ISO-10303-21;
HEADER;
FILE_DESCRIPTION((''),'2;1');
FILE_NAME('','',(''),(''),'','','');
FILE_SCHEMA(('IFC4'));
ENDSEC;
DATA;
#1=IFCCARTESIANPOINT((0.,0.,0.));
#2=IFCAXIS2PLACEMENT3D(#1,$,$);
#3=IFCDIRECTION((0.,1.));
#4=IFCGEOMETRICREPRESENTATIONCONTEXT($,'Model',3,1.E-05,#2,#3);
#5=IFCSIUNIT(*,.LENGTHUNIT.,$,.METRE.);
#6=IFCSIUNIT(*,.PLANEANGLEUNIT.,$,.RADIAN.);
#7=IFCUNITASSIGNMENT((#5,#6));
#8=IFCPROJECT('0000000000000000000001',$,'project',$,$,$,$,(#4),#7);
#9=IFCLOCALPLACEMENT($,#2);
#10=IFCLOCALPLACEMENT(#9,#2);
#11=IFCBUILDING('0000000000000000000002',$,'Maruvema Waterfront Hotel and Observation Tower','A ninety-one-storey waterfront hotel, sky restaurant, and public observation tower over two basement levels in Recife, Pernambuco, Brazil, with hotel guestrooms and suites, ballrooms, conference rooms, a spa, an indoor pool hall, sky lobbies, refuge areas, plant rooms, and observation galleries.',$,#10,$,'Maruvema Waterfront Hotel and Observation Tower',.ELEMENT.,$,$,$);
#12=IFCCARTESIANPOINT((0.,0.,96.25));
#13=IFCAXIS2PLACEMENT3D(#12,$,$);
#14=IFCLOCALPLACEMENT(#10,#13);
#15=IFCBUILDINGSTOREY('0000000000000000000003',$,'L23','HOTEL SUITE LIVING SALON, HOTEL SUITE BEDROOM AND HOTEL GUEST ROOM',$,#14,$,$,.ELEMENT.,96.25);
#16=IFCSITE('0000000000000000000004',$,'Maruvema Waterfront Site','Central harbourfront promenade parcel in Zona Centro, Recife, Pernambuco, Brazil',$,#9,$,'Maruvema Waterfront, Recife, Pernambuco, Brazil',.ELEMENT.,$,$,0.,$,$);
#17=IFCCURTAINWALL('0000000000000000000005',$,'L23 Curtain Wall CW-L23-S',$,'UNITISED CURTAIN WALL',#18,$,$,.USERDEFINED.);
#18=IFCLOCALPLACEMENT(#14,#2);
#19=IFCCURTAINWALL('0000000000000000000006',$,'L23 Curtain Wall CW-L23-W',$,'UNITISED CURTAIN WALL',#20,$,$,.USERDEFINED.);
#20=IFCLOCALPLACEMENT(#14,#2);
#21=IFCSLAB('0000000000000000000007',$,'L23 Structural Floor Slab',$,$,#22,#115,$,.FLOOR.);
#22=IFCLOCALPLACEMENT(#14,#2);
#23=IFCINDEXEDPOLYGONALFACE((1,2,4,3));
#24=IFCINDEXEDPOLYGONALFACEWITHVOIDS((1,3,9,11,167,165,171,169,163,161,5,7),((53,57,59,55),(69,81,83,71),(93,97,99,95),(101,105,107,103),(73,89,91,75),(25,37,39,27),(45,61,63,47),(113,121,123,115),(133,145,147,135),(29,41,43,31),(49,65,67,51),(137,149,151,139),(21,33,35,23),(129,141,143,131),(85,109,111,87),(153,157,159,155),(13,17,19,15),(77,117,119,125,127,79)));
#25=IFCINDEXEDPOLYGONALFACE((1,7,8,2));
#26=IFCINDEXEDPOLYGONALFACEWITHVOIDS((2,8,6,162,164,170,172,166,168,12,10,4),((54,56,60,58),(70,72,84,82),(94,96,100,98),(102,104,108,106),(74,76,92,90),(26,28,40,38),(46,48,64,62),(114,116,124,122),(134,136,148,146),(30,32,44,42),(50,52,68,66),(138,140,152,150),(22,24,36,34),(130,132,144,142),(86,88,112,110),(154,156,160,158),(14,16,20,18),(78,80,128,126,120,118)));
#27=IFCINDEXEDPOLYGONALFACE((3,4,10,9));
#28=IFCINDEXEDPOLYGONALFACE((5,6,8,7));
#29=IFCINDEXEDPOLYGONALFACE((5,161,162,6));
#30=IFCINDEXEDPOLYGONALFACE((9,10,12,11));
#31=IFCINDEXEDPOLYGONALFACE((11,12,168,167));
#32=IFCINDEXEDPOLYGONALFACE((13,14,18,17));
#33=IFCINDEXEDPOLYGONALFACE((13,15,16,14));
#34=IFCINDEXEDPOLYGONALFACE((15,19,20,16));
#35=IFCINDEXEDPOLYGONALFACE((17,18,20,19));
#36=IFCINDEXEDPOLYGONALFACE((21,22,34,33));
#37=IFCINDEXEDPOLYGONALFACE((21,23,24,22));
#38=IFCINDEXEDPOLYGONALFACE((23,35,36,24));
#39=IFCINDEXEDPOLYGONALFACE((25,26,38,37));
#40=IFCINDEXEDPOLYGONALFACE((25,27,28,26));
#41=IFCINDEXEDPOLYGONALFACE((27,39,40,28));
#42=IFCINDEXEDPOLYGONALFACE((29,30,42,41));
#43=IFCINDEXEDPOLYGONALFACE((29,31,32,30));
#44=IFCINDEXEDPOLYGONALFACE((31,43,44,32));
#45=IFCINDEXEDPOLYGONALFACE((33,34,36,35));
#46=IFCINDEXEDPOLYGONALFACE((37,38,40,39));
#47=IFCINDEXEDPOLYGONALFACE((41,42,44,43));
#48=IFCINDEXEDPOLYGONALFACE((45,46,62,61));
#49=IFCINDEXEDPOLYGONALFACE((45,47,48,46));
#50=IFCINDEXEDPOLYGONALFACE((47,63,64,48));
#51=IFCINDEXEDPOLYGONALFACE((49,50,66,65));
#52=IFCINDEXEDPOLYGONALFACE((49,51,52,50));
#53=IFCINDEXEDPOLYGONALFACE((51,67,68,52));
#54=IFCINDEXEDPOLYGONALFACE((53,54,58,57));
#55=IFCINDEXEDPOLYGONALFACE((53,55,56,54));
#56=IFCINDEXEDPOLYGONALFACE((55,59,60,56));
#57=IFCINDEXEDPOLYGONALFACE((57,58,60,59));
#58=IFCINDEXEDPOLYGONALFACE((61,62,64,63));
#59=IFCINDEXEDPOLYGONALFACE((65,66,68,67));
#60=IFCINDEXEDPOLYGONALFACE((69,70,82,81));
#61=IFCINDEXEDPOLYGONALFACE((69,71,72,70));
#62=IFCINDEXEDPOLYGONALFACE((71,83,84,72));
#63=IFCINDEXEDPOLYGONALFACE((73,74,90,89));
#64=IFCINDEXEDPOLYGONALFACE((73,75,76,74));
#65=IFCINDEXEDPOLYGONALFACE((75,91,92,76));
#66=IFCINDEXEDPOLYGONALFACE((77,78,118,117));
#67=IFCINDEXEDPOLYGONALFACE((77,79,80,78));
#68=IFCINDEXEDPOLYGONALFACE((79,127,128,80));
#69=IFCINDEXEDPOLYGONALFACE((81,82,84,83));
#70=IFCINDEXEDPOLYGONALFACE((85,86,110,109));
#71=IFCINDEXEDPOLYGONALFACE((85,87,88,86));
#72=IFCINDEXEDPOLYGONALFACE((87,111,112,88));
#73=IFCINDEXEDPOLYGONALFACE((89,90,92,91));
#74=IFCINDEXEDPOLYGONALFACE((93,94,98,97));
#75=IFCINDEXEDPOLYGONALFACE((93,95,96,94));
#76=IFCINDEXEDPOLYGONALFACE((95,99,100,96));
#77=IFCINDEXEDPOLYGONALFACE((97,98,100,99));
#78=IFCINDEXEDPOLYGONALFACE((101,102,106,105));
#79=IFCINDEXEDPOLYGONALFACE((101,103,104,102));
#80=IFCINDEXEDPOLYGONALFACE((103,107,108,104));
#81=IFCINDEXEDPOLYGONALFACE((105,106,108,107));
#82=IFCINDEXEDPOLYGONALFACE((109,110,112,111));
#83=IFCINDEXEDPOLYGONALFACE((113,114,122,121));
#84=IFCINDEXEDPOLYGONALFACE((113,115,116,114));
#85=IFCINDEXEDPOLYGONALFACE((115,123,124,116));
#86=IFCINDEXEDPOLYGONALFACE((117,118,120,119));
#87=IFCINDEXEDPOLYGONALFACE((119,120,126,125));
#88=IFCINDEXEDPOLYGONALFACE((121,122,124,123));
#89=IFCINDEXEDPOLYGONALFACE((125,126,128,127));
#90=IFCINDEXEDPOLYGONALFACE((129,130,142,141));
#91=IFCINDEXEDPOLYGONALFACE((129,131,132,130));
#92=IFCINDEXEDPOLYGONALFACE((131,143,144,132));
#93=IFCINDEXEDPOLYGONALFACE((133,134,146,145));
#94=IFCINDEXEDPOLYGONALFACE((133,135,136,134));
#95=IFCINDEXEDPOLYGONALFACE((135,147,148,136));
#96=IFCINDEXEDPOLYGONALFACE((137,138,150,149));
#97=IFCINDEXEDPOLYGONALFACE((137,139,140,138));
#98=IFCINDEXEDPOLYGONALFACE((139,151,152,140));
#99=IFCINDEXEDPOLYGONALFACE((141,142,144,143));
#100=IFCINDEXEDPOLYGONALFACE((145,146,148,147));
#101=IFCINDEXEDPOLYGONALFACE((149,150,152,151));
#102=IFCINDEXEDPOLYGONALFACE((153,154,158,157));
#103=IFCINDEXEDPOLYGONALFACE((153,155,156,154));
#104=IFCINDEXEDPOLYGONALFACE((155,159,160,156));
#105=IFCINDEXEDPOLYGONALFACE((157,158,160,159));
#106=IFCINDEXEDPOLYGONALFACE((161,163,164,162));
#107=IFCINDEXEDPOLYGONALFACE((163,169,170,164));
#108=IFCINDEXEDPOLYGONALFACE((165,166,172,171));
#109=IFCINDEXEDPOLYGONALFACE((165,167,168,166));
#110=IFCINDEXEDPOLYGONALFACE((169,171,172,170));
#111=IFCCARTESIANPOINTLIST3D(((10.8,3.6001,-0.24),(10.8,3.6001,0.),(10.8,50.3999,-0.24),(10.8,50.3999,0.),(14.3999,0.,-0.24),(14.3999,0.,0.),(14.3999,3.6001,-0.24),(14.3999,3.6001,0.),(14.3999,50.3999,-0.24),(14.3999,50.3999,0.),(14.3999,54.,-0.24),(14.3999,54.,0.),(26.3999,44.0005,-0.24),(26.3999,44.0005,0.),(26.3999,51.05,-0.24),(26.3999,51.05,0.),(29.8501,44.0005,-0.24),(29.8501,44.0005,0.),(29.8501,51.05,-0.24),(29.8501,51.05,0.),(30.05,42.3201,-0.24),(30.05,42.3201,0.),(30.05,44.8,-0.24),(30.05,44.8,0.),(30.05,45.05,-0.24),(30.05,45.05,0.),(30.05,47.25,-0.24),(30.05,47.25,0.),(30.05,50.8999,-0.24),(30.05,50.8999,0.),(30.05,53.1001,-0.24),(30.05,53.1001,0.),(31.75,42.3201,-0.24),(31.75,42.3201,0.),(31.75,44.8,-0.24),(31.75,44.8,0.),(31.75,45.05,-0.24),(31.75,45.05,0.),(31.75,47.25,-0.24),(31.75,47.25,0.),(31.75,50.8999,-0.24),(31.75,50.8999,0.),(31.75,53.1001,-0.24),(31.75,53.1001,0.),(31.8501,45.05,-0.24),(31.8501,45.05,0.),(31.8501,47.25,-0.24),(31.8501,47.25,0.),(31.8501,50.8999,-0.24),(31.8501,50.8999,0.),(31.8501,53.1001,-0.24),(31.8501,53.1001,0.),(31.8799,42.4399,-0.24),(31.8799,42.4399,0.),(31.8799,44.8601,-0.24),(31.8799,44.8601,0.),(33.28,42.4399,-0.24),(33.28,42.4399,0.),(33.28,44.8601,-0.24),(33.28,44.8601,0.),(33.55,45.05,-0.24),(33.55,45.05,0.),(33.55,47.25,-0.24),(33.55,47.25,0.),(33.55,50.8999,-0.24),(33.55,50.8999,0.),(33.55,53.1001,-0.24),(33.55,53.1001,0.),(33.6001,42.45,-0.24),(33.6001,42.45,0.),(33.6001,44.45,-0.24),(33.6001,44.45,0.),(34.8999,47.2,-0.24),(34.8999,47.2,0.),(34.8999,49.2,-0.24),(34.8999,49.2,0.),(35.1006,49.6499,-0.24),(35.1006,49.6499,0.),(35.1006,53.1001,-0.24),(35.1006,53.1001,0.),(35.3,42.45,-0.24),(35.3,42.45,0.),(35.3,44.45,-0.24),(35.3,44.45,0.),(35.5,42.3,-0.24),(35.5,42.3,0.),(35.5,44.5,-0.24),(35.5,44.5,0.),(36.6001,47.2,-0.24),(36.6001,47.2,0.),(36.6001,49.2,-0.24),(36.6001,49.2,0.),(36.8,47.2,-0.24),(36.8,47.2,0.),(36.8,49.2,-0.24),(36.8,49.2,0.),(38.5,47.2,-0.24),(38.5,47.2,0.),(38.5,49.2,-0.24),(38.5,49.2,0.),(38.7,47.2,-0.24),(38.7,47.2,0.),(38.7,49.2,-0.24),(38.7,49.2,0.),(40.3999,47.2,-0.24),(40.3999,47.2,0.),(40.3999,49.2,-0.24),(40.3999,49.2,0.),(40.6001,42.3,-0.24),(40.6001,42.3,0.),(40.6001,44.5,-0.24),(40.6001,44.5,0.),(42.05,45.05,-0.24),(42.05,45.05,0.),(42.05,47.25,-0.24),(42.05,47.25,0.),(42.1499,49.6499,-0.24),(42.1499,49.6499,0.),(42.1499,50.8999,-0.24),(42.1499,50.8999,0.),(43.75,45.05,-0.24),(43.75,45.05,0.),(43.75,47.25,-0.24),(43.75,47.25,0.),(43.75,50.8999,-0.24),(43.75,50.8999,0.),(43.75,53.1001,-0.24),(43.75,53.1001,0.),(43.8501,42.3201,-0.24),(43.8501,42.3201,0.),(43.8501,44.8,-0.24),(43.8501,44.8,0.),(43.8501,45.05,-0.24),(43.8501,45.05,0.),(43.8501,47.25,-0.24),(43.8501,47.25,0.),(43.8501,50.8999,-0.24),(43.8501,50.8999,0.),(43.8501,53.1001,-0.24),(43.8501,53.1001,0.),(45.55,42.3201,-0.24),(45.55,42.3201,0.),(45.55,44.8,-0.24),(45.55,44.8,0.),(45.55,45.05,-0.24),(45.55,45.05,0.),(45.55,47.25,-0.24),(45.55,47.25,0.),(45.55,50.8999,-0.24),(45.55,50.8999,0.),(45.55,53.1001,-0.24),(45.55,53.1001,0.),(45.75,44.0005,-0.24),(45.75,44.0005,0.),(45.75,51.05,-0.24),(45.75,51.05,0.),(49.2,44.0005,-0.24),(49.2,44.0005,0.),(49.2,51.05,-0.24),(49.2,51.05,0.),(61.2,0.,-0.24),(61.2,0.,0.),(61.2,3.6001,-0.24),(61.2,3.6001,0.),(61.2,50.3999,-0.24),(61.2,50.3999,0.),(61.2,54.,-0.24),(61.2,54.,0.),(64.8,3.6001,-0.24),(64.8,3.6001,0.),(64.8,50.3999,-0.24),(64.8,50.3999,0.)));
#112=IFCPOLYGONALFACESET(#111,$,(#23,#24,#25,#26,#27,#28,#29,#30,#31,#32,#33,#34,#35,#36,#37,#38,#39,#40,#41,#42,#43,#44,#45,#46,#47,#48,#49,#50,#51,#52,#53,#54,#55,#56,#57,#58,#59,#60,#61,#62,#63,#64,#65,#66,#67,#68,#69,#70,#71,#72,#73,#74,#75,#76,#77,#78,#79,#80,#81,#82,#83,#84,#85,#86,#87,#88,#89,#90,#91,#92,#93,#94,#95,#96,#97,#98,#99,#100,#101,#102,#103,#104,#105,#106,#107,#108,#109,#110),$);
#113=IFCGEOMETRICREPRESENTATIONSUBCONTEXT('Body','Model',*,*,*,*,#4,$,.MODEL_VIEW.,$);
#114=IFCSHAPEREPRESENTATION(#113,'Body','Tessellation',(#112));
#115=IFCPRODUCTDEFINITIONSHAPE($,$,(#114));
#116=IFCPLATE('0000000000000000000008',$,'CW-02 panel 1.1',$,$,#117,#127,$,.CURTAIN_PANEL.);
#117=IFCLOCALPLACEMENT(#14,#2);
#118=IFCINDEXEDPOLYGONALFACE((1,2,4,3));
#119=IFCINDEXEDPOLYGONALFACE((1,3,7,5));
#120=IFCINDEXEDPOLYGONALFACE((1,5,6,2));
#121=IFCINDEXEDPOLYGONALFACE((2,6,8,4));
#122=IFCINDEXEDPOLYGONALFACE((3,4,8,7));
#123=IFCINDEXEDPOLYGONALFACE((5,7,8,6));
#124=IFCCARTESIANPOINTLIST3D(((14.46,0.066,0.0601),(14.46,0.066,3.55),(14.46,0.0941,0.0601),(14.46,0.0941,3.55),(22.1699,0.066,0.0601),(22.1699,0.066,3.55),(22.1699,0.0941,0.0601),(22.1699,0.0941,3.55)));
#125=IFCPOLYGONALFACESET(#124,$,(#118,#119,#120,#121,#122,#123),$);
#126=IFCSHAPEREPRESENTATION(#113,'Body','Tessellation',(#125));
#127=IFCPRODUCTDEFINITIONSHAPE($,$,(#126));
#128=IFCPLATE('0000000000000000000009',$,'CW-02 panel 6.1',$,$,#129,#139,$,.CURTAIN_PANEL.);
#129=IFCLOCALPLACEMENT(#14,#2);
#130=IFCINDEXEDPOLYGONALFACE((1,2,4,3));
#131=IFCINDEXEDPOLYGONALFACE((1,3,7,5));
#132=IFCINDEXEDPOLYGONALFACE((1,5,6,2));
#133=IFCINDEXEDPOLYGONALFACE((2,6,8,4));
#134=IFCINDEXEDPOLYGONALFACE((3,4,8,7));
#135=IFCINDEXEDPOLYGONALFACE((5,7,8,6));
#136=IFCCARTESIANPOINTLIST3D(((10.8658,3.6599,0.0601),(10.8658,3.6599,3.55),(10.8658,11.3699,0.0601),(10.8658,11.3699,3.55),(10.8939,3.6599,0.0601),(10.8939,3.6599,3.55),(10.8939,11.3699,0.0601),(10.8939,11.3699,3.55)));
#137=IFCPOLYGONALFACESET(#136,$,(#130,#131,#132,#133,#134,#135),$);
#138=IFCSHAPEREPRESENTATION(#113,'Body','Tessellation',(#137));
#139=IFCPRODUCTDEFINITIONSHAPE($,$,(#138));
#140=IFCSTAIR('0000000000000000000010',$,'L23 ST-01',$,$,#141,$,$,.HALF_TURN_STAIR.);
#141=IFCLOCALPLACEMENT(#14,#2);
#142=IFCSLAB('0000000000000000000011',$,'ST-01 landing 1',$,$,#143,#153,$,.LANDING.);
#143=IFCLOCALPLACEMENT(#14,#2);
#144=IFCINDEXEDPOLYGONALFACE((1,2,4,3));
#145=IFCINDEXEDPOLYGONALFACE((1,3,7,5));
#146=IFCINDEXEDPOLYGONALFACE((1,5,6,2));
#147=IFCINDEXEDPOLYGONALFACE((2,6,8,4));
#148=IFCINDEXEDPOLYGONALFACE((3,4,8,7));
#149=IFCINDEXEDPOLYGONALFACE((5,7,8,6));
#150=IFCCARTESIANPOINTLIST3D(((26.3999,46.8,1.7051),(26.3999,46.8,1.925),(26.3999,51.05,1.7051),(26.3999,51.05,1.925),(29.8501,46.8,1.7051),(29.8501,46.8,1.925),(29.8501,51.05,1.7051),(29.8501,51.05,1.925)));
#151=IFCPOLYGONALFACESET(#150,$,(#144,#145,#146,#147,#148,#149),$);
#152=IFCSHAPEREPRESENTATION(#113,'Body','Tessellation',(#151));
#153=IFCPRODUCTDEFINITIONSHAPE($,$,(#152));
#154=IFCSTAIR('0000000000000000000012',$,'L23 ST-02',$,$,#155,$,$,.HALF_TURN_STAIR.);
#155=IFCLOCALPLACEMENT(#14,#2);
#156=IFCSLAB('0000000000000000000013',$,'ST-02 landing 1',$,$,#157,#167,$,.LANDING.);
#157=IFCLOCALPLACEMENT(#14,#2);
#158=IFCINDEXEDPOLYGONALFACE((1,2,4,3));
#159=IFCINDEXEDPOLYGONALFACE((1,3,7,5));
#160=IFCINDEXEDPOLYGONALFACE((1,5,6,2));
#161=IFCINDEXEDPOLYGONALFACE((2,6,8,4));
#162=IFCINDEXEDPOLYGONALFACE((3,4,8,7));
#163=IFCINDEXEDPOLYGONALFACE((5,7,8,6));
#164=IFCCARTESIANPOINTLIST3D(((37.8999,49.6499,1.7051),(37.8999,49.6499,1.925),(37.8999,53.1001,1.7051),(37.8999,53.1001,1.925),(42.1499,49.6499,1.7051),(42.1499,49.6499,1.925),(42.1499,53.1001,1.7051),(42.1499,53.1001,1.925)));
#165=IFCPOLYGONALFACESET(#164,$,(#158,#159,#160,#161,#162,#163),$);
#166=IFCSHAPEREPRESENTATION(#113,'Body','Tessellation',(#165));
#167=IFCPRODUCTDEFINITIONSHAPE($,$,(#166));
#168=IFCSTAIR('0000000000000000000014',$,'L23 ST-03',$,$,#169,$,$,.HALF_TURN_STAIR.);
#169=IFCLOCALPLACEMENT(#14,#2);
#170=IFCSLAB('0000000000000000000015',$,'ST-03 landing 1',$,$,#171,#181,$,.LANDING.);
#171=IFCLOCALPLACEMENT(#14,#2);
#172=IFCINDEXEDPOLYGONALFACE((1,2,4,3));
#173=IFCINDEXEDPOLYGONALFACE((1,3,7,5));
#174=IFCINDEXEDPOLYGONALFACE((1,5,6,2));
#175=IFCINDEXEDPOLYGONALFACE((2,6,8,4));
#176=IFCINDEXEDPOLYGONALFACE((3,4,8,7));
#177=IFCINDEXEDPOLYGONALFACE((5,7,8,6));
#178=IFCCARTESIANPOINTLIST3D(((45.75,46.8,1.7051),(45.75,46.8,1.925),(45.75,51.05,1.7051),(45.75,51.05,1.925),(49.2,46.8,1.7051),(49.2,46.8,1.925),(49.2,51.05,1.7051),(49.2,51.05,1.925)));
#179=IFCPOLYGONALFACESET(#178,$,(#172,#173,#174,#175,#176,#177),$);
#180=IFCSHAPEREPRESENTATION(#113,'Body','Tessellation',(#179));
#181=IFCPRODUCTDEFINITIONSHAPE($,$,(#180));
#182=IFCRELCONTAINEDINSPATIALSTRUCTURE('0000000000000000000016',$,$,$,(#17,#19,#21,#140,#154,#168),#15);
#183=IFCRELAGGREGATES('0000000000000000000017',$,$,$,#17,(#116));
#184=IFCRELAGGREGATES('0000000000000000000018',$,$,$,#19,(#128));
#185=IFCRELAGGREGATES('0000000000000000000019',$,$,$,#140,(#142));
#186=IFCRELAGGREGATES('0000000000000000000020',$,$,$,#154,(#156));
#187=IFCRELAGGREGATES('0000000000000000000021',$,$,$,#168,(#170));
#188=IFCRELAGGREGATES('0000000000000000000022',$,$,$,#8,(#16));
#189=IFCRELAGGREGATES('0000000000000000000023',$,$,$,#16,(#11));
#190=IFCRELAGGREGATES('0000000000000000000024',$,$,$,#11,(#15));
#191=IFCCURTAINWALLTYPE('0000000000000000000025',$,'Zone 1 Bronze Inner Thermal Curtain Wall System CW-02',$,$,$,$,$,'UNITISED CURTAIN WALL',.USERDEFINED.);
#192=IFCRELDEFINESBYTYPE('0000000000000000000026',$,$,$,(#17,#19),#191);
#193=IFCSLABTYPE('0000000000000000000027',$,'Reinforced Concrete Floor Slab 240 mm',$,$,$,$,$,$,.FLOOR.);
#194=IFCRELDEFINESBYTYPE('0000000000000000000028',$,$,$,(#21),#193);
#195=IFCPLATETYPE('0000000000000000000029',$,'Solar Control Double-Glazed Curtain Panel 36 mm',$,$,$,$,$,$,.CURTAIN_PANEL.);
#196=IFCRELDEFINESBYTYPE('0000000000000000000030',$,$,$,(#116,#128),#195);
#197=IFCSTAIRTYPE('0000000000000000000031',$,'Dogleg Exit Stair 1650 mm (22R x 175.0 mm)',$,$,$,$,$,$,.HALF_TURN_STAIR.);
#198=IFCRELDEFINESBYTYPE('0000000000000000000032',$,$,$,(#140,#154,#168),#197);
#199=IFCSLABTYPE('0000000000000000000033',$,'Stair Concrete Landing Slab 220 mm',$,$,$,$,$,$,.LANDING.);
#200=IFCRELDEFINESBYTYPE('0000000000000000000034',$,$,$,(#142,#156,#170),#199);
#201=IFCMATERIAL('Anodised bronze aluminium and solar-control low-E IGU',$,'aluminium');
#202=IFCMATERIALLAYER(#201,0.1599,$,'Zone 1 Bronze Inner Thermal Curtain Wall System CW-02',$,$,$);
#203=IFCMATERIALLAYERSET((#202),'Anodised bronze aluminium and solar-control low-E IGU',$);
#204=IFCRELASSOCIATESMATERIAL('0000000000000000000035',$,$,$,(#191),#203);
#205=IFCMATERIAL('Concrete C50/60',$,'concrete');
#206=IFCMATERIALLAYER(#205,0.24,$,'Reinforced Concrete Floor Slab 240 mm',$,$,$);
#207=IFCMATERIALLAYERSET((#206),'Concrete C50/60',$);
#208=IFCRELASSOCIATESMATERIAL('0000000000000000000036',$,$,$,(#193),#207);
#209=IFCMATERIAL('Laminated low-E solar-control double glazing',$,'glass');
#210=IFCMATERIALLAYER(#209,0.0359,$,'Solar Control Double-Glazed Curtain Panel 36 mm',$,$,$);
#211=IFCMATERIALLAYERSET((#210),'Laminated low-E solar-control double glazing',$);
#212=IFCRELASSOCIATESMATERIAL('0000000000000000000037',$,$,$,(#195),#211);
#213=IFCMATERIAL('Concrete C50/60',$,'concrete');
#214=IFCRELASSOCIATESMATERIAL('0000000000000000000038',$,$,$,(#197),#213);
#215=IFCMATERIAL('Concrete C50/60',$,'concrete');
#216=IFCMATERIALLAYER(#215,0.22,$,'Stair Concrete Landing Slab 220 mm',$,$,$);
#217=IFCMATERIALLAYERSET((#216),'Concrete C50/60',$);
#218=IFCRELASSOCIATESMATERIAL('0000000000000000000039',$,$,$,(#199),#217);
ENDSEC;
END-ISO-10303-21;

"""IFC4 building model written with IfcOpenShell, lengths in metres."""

from ifc_helpers import new_model, si_unit, direction, frame, origin, origin_2d, place, context, subcontext, project, spatial, polyline, rectangle, outline, extrude, material, layer, layer_set, type_object, element, aggregate, save


model = new_model("IFC4")

# Units and contexts
model_context = context("Model", 3, precision=1e-05, world=origin(), true_north=direction((0.0, 1.0)))
body_context = subcontext(model_context, "Body", "Model", "MODEL_VIEW")
ifc_project = project(units=[si_unit("LENGTHUNIT", "METRE"), si_unit("PLANEANGLEUNIT", "RADIAN")], contexts=[model_context])

# Site, building, storey
site_placement = place(None, origin())
site = spatial("IfcSite", under=ifc_project, at=site_placement, Name="Maruvema Waterfront Site", Description="Central harbourfront promenade parcel in Zona Centro, Recife, Pernambuco, Brazil", LongName="Maruvema Waterfront, Recife, Pernambuco, Brazil", CompositionType="ELEMENT", RefElevation=0.0)
building_placement = place(site_placement, origin())
building = spatial("IfcBuilding", under=site, at=building_placement, Name="Maruvema Waterfront Hotel and Observation Tower", Description="A ninety-one-storey waterfront hotel, sky restaurant, and public observation tower over two basement levels in Recife, Pernambuco, Brazil, with hotel guestrooms and suites, ballrooms, conference rooms, a spa, an indoor pool hall, sky lobbies, refuge areas, plant rooms, and observation galleries.", LongName="Maruvema Waterfront Hotel and Observation Tower", CompositionType="ELEMENT")
storey_placement = place(building_placement, frame((0.0, 0.0, 96.25)))
storey = spatial("IfcBuildingStorey", under=building, at=storey_placement, Name="L23", Description="HOTEL SUITE LIVING SALON, HOTEL SUITE BEDROOM AND HOTEL GUEST ROOM", CompositionType="ELEMENT", Elevation=96.25)

# Curtain walls
ifc_material_1 = material(Name="Anodised bronze aluminium and solar-control low-E IGU", Category="aluminium")
ifc_layer_1 = layer(ifc_material_1, 0.1599, Name="Zone 1 Bronze Inner Thermal Curtain Wall System CW-02")
ifc_layer_set_1 = layer_set([ifc_layer_1], Name="Anodised bronze aluminium and solar-control low-E IGU")
curtain_wall_type = type_object("IfcCurtainWallType", Name="Zone 1 Bronze Inner Thermal Curtain Wall System CW-02", ElementType="UNITISED CURTAIN WALL", PredefinedType="USERDEFINED", material=ifc_layer_set_1)
curtain_wall_1_placement = place(storey_placement, origin())
curtain_wall_1 = element("IfcCurtainWall", 1, at=curtain_wall_1_placement, inside=storey, type_object=curtain_wall_type, Name="L23 Curtain Wall CW-L23-S", ObjectType="UNITISED CURTAIN WALL", PredefinedType="USERDEFINED")
curtain_wall_2_placement = place(storey_placement, origin())
curtain_wall_2 = element("IfcCurtainWall", 2, at=curtain_wall_2_placement, inside=storey, type_object=curtain_wall_type, Name="L23 Curtain Wall CW-L23-W", ObjectType="UNITISED CURTAIN WALL", PredefinedType="USERDEFINED")

# Slab
ifc_material_2 = material(Name="Concrete C50/60", Category="concrete")
ifc_layer_2 = layer(ifc_material_2, 0.24, Name="Reinforced Concrete Floor Slab 240 mm")
ifc_layer_set_2 = layer_set([ifc_layer_2], Name="Concrete C50/60")
slab_type_1 = type_object("IfcSlabType", Name="Reinforced Concrete Floor Slab 240 mm", PredefinedType="FLOOR", material=ifc_layer_set_2)
slab_1_placement = place(storey_placement, frame((0.0, 0.0, -0.24)))
element("IfcSlab", 3, at=slab_1_placement, inside=storey, type_object=slab_type_1, Name="L23 Structural Floor Slab", PredefinedType="FLOOR", context=body_context, shape_type="SweptSolid", body=[
    extrude(outline(polyline([(14.3999, 0.0), (61.2, 0.0), (61.2, 3.6001), (64.8, 3.6001), (64.8, 50.3999), (61.2, 50.3999), (61.2, 54.0), (14.3999, 54.0), (14.3999, 50.3999), (10.8, 50.3999), (10.8, 3.6001), (14.3999, 3.6001), (14.3999, 0.0)]), holes=[polyline([(26.3999, 44.0005), (26.3999, 51.05), (29.8501, 51.05), (29.8501, 44.0005), (26.3999, 44.0005)]), polyline([(30.05, 44.8), (31.75, 44.8), (31.75, 42.3201), (30.05, 42.3201), (30.05, 44.8)]), polyline([(31.75, 47.25), (31.75, 45.05), (30.05, 45.05), (30.05, 47.25), (31.75, 47.25)]), polyline([(31.75, 53.1001), (31.75, 50.8999), (30.05, 50.8999), (30.05, 53.1001), (31.75, 53.1001)]), polyline([(33.28, 44.8601), (33.28, 42.4399), (31.8799, 42.4399), (31.8799, 44.8601), (33.28, 44.8601)]), polyline([(31.8501, 47.25), (33.55, 47.25), (33.55, 45.05), (31.8501, 45.05), (31.8501, 47.25)]), polyline([(31.8501, 53.1001), (33.55, 53.1001), (33.55, 50.8999), (31.8501, 50.8999), (31.8501, 53.1001)]), polyline([(33.6001, 44.45), (35.3, 44.45), (35.3, 42.45), (33.6001, 42.45), (33.6001, 44.45)]), polyline([(34.8999, 49.2), (36.6001, 49.2), (36.6001, 47.2), (34.8999, 47.2), (34.8999, 49.2)]), polyline([(38.5, 49.2), (38.5, 47.2), (36.8, 47.2), (36.8, 49.2), (38.5, 49.2)]), polyline([(35.5, 44.5), (40.6001, 44.5), (40.6001, 42.3), (35.5, 42.3), (35.5, 44.5)]), polyline([(43.75, 50.8999), (42.1499, 50.8999), (42.1499, 49.6499), (35.1006, 49.6499), (35.1006, 53.1001), (43.75, 53.1001), (43.75, 50.8999)]), polyline([(40.3999, 49.2), (40.3999, 47.2), (38.7, 47.2), (38.7, 49.2), (40.3999, 49.2)]), polyline([(43.75, 47.25), (43.75, 45.05), (42.05, 45.05), (42.05, 47.25), (43.75, 47.25)]), polyline([(45.55, 44.8), (45.55, 42.3201), (43.8501, 42.3201), (43.8501, 44.8), (45.55, 44.8)]), polyline([(43.8501, 47.25), (45.55, 47.25), (45.55, 45.05), (43.8501, 45.05), (43.8501, 47.25)]), polyline([(45.55, 53.1001), (45.55, 50.8999), (43.8501, 50.8999), (43.8501, 53.1001), (45.55, 53.1001)]), polyline([(45.75, 51.05), (49.2, 51.05), (49.2, 44.0005), (45.75, 44.0005), (45.75, 51.05)])]), origin(), (0.0, 0.0, 1.0), 0.24),
])

# Plates
ifc_material_3 = material(Name="Laminated low-E solar-control double glazing", Category="glass")
ifc_layer_3 = layer(ifc_material_3, 0.0359, Name="Solar Control Double-Glazed Curtain Panel 36 mm")
ifc_layer_set_3 = layer_set([ifc_layer_3], Name="Laminated low-E solar-control double glazing")
plate_type = type_object("IfcPlateType", Name="Solar Control Double-Glazed Curtain Panel 36 mm", PredefinedType="CURTAIN_PANEL", material=ifc_layer_set_3)
plate_1_placement = place(storey_placement, frame((18.3149, 0.0801, 0.0601), z_axis=(0.0, 0.0, 1.0), x_axis=(1.0, 0.0, 0.0)))
plate_1 = element("IfcPlate", 4, at=plate_1_placement, type_object=plate_type, Name="CW-02 panel 1.1", PredefinedType="CURTAIN_PANEL", context=body_context, shape_type="SweptSolid", body=[
    extrude(rectangle(XDim=7.71, YDim=0.0281, at=origin_2d()), origin(), (0.0, 0.0, 1.0), 3.49),
])
aggregate(curtain_wall_1, [plate_1])
plate_2_placement = place(storey_placement, frame((10.8799, 7.5149, 0.0601), z_axis=(0.0, 0.0, 1.0), x_axis=(0.0, -1.0, 0.0)))
plate_2 = element("IfcPlate", 5, at=plate_2_placement, type_object=plate_type, Name="CW-02 panel 6.1", PredefinedType="CURTAIN_PANEL", context=body_context, shape_type="SweptSolid", body=[
    extrude(rectangle(XDim=7.71, YDim=0.0281, at=origin_2d()), origin(), (0.0, 0.0, 1.0), 3.49),
])
aggregate(curtain_wall_2, [plate_2])

# Stairs, slabs
ifc_material_4 = material(Name="Concrete C50/60", Category="concrete")
stair_type = type_object("IfcStairType", Name="Dogleg Exit Stair 1650 mm (22R x 175.0 mm)", PredefinedType="HALF_TURN_STAIR", material=ifc_material_4)
stair_1_placement = place(storey_placement, origin())
stair_1 = element("IfcStair", 6, at=stair_1_placement, inside=storey, type_object=stair_type, Name="L23 ST-01", PredefinedType="HALF_TURN_STAIR")
ifc_material_5 = material(Name="Concrete C50/60", Category="concrete")
ifc_layer_4 = layer(ifc_material_5, 0.22, Name="Stair Concrete Landing Slab 220 mm")
ifc_layer_set_4 = layer_set([ifc_layer_4], Name="Concrete C50/60")
slab_type_2 = type_object("IfcSlabType", Name="Stair Concrete Landing Slab 220 mm", PredefinedType="LANDING", material=ifc_layer_set_4)
slab_2_placement = place(storey_placement, frame((0.0, 0.0, 1.7051)))
slab_2 = element("IfcSlab", 7, at=slab_2_placement, type_object=slab_type_2, Name="ST-01 landing 1", PredefinedType="LANDING", context=body_context, shape_type="SweptSolid", body=[
    extrude(outline(polyline([(29.8501, 46.8), (29.8501, 51.05), (26.3999, 51.05), (26.3999, 46.8), (29.8501, 46.8)])), origin(), (0.0, 0.0, 1.0), 0.22),
])
aggregate(stair_1, [slab_2])
stair_2_placement = place(storey_placement, origin())
stair_2 = element("IfcStair", 8, at=stair_2_placement, inside=storey, type_object=stair_type, Name="L23 ST-02", PredefinedType="HALF_TURN_STAIR")
slab_3_placement = place(storey_placement, frame((0.0, 0.0, 1.7051)))
slab_3 = element("IfcSlab", 9, at=slab_3_placement, type_object=slab_type_2, Name="ST-02 landing 1", PredefinedType="LANDING", context=body_context, shape_type="SweptSolid", body=[
    extrude(outline(polyline([(37.8999, 49.6499), (42.1499, 49.6499), (42.1499, 53.1001), (37.8999, 53.1001), (37.8999, 49.6499)])), origin(), (0.0, 0.0, 1.0), 0.22),
])
aggregate(stair_2, [slab_3])
stair_3_placement = place(storey_placement, origin())
stair_3 = element("IfcStair", 10, at=stair_3_placement, inside=storey, type_object=stair_type, Name="L23 ST-03", PredefinedType="HALF_TURN_STAIR")
slab_4_placement = place(storey_placement, frame((0.0, 0.0, 1.7051)))
slab_4 = element("IfcSlab", 11, at=slab_4_placement, type_object=slab_type_2, Name="ST-03 landing 1", PredefinedType="LANDING", context=body_context, shape_type="SweptSolid", body=[
    extrude(outline(polyline([(49.2, 46.8), (49.2, 51.05), (45.75, 51.05), (45.75, 46.8), (49.2, 46.8)])), origin(), (0.0, 0.0, 1.0), 0.22),
])
aggregate(stair_3, [slab_4])

save(model, "model.ifc")
